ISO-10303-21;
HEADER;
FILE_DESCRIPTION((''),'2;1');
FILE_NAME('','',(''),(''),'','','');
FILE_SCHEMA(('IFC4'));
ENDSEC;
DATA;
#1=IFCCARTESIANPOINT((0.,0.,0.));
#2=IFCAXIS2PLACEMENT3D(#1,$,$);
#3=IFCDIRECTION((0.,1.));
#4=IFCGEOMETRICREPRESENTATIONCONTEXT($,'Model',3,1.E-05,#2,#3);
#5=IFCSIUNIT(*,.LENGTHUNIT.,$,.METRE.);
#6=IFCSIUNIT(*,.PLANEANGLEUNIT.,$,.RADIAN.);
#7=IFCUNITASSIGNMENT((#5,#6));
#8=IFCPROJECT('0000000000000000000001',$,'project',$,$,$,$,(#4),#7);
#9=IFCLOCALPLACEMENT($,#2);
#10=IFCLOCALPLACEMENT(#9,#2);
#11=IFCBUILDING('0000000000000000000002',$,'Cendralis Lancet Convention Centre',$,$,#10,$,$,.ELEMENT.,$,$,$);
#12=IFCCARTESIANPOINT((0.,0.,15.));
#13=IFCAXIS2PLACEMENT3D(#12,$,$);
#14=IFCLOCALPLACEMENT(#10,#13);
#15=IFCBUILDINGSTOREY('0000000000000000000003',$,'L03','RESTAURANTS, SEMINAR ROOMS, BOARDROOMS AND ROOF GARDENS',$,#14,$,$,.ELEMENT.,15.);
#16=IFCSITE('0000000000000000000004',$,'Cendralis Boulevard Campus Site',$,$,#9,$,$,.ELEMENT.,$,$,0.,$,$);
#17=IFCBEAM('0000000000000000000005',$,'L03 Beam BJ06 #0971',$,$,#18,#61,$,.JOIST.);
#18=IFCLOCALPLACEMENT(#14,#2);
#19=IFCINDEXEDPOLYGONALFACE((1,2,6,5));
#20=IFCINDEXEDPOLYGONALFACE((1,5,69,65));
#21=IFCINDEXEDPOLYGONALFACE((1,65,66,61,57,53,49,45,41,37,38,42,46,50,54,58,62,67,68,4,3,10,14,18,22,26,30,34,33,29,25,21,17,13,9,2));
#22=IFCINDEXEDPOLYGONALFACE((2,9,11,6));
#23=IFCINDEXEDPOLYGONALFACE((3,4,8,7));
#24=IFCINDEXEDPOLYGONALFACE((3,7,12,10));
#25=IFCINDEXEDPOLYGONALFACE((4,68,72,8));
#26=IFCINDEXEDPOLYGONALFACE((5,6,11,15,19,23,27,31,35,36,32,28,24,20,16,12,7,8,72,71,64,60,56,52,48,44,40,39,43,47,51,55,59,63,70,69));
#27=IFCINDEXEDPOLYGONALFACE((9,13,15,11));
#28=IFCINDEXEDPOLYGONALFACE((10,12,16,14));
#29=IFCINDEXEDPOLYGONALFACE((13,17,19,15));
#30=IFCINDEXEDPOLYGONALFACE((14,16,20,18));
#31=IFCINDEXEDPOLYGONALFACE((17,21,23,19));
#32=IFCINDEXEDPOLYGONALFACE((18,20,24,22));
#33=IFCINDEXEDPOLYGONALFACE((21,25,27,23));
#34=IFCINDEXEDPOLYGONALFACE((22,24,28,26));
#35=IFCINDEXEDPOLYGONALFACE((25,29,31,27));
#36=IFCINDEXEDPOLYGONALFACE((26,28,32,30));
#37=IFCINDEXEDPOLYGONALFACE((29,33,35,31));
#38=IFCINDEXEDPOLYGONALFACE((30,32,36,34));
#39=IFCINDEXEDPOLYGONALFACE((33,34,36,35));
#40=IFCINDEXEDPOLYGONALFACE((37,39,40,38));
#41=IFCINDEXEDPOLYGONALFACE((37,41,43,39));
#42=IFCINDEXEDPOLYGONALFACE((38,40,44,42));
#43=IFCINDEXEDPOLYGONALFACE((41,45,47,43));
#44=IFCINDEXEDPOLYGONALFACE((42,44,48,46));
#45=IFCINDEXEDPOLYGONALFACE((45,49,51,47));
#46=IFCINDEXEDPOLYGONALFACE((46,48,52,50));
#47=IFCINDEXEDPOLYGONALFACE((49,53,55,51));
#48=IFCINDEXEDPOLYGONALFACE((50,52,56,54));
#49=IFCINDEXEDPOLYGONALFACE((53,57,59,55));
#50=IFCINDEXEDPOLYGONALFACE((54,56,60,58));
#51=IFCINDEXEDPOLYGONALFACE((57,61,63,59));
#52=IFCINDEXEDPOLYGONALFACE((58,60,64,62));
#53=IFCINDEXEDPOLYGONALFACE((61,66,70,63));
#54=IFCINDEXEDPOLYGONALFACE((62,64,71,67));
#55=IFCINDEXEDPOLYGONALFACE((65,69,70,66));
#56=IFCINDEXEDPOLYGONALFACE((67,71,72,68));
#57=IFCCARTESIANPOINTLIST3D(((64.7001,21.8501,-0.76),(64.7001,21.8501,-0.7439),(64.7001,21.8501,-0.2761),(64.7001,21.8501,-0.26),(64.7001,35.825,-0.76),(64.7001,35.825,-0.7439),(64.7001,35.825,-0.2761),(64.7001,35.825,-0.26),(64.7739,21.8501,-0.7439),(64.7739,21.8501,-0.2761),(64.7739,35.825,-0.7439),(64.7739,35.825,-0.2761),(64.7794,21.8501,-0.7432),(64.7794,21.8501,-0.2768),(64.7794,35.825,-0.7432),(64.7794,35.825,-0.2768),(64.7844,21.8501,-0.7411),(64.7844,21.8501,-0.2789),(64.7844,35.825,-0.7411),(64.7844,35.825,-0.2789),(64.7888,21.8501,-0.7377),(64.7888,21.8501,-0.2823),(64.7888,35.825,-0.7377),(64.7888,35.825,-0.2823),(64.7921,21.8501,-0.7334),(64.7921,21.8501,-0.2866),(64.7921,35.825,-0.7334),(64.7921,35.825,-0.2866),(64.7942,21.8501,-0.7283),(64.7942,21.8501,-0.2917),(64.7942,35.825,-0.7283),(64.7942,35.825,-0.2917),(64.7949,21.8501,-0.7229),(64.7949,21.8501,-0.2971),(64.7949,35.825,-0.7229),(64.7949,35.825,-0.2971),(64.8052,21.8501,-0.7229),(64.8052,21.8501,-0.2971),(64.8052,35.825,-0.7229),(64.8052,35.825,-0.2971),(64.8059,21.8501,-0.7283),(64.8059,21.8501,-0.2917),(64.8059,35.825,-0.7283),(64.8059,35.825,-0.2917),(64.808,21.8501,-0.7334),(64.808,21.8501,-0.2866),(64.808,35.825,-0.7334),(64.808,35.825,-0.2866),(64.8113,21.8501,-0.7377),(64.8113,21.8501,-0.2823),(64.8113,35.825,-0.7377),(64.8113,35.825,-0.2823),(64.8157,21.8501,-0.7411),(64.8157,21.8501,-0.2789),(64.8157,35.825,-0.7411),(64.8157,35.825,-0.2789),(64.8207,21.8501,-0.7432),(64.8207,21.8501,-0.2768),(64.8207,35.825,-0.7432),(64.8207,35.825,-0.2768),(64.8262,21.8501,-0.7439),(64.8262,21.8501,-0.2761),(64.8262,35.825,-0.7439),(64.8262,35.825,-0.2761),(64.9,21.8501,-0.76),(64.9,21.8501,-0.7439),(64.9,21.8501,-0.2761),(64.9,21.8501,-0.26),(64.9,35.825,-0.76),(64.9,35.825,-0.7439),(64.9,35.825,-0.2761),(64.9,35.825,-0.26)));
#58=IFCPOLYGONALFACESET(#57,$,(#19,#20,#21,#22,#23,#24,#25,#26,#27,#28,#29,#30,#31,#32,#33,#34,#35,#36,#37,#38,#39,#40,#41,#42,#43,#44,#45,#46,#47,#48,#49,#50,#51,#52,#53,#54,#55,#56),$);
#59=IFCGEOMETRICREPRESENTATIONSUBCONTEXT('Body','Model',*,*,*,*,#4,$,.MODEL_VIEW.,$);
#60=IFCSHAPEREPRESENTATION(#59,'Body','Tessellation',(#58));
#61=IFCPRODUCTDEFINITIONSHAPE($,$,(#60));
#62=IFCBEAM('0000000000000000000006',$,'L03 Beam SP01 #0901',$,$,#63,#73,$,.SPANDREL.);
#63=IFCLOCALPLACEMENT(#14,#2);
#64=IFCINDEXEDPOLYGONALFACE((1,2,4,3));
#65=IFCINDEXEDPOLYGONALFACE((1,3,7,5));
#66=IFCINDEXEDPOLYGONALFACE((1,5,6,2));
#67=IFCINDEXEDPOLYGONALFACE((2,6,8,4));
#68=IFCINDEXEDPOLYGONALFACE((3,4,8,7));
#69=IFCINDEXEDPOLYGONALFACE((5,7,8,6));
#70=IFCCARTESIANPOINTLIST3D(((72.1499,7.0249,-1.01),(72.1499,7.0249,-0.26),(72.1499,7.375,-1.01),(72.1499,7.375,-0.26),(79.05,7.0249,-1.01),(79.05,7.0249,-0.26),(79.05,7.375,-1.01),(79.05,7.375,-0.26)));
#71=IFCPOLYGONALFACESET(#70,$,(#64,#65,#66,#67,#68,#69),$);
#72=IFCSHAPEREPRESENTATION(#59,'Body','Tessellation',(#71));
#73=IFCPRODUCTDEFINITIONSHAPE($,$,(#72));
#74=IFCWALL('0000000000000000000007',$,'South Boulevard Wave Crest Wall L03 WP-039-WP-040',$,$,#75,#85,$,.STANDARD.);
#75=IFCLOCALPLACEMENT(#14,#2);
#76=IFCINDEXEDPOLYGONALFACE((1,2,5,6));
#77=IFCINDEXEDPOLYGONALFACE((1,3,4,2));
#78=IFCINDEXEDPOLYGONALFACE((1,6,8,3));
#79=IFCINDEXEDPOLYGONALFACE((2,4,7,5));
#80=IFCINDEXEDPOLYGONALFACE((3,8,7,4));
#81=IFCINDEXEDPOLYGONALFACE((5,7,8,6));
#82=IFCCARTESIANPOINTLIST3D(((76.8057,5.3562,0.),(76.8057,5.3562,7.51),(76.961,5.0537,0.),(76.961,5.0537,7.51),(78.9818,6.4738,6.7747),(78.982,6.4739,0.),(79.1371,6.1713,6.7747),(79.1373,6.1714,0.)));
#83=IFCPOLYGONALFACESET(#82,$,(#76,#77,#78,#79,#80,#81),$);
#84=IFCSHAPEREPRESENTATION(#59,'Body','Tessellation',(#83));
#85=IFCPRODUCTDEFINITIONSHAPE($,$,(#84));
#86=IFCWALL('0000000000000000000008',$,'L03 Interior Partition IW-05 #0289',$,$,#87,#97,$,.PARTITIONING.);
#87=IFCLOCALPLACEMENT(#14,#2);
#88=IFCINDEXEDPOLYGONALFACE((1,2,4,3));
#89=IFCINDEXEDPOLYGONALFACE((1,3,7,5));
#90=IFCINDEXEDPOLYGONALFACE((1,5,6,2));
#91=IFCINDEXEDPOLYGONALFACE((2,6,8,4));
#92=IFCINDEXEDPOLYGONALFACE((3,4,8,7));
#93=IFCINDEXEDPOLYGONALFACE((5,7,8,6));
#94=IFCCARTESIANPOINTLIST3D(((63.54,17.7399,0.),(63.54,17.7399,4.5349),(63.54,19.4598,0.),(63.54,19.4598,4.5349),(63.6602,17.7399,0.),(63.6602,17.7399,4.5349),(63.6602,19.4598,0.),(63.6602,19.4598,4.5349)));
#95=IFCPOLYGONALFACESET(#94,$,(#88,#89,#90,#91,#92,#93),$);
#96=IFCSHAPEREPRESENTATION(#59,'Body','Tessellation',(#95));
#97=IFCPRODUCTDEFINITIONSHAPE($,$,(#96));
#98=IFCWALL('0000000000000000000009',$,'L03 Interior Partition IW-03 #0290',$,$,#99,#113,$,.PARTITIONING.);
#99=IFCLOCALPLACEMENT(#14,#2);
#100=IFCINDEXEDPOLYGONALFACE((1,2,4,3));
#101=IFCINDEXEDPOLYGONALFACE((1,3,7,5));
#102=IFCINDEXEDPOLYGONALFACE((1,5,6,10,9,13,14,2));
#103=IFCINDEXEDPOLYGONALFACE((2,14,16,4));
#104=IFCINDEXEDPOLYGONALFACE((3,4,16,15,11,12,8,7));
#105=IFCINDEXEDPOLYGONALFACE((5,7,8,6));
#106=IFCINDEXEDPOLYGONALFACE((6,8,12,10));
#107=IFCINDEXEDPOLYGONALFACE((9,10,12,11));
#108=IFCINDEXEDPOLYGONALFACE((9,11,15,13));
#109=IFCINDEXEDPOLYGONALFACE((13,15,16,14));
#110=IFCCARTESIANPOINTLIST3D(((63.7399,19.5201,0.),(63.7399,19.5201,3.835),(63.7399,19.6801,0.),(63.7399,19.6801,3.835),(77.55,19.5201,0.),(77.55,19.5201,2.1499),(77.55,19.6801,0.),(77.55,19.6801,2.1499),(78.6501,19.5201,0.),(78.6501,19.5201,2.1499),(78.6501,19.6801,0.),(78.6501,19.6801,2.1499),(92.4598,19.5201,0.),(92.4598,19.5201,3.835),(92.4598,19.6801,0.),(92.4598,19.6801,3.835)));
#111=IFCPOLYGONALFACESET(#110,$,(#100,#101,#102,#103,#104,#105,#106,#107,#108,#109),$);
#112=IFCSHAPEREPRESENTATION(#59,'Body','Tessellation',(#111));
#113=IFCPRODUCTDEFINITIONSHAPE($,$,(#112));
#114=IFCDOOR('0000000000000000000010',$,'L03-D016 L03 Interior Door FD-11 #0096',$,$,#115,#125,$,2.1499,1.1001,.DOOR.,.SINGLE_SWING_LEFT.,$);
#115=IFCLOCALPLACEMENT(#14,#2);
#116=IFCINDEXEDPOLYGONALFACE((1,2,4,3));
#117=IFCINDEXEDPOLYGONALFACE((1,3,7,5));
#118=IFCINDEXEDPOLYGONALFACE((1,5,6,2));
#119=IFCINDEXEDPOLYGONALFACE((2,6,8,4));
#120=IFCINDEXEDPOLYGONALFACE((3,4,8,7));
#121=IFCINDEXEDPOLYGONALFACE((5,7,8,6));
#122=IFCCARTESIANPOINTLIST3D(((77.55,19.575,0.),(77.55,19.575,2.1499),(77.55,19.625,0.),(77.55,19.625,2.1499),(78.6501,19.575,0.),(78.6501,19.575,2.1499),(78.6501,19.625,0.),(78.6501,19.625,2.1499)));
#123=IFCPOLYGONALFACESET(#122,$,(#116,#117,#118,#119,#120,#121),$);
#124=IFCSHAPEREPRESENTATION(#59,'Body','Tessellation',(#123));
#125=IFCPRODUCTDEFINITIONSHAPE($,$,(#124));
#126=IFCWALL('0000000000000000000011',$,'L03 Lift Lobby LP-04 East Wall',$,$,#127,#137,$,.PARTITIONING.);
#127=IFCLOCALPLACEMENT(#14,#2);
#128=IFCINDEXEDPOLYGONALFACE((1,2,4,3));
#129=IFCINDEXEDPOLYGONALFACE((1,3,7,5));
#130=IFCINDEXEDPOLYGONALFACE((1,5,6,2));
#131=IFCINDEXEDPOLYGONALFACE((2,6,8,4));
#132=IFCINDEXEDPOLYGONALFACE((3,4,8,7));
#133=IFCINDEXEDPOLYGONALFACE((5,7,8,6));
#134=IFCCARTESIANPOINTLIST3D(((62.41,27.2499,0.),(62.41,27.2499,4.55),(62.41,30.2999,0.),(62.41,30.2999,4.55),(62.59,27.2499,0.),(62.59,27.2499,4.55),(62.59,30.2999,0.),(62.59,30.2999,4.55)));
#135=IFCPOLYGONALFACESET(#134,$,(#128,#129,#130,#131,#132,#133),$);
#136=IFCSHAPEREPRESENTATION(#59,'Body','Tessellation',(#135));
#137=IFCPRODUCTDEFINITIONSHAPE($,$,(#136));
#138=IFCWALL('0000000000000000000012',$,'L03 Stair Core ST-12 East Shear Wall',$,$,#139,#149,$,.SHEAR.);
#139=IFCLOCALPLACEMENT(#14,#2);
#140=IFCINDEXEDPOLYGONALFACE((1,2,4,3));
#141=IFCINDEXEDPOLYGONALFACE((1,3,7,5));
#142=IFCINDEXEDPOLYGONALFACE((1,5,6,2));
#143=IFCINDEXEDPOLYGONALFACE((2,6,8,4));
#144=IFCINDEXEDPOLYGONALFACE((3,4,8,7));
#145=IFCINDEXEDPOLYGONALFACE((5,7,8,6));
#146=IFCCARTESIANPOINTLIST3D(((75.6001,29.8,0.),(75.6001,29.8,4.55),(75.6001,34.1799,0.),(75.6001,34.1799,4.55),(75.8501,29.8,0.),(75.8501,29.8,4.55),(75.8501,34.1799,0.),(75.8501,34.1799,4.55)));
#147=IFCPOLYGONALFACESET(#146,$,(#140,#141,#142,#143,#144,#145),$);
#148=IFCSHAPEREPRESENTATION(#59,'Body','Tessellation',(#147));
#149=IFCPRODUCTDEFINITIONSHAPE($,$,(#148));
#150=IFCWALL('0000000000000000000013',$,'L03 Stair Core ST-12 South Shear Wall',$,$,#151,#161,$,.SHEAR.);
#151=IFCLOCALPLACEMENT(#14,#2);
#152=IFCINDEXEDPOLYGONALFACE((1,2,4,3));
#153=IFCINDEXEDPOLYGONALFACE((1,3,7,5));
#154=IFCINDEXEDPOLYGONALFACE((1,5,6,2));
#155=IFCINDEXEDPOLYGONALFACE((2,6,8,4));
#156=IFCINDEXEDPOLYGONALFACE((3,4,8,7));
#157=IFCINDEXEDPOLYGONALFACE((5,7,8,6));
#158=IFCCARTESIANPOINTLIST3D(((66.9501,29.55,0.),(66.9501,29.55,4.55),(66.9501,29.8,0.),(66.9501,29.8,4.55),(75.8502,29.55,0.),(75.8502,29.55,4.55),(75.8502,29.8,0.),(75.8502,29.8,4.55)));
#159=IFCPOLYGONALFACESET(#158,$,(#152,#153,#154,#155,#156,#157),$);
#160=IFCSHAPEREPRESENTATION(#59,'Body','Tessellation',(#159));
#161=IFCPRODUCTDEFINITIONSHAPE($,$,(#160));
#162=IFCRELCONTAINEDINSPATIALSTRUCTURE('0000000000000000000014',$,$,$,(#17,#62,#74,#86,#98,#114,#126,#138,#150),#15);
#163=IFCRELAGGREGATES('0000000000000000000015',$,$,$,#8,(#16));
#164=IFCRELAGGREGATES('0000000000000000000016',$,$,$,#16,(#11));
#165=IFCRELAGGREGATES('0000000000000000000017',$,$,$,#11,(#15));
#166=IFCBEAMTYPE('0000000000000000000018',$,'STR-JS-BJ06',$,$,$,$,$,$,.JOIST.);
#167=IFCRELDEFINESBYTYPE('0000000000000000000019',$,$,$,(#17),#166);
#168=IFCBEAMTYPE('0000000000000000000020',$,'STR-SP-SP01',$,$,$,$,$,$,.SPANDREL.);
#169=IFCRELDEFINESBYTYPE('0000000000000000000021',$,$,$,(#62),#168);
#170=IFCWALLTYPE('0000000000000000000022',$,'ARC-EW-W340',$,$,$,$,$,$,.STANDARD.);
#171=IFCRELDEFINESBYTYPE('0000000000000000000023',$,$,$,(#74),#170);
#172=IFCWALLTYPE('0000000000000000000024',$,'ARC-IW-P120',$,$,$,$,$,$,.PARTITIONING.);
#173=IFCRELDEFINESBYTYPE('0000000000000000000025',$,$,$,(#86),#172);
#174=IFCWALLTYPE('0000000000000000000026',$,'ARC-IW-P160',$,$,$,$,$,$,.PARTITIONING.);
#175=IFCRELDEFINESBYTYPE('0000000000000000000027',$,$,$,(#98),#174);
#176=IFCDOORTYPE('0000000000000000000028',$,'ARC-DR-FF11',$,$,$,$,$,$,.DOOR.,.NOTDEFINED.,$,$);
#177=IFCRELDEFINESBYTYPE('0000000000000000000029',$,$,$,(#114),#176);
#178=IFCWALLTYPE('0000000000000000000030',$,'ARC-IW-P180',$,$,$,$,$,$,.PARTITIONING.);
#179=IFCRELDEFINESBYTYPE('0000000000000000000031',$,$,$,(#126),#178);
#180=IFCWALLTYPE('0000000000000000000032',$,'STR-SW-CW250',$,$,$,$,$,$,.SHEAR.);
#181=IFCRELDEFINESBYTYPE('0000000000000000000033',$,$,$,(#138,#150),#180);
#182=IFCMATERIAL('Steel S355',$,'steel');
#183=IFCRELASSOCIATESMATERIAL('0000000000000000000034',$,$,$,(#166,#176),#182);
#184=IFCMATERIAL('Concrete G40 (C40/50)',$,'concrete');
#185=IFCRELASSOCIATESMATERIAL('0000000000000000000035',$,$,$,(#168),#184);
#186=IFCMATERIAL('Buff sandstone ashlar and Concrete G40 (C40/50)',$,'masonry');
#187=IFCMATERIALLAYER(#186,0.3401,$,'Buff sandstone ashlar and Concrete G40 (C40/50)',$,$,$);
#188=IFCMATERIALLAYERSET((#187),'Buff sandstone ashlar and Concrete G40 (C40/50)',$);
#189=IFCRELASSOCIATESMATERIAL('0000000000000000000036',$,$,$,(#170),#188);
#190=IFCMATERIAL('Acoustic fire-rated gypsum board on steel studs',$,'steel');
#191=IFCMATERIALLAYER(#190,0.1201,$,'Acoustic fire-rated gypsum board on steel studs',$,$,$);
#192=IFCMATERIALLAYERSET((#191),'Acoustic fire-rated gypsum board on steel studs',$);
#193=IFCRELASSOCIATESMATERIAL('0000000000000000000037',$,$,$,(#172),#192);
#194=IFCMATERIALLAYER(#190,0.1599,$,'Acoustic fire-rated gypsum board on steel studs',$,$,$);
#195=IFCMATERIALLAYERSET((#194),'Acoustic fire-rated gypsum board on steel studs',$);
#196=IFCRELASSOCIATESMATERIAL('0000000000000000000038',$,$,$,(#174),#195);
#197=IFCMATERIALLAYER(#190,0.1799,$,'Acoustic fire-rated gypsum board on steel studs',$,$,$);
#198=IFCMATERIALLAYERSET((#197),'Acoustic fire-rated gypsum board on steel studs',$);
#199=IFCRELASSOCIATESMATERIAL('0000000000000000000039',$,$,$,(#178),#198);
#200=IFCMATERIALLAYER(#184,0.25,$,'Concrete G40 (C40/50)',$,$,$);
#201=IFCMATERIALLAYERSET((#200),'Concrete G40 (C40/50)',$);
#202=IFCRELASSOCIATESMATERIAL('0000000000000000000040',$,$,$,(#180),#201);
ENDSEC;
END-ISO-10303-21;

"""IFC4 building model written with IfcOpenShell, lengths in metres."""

from ifc_helpers import new_model, si_unit, direction, frame, frame_2d, origin, origin_2d, place, context, subcontext, project, spatial, polyline, rectangle, i_section, outline, extrude, material, layer, layer_set, material_profile, profile_set, type_object, element, fill, save


model = new_model("IFC4")

# Units and contexts
model_context = context("Model", 3, precision=1e-05, world=origin(), true_north=direction((0.0, 1.0)))
body_context = subcontext(model_context, "Body", "Model", "MODEL_VIEW")
ifc_project = project(units=[si_unit("LENGTHUNIT", "METRE"), si_unit("PLANEANGLEUNIT", "RADIAN")], contexts=[model_context])

# Site, building, storey
site_placement = place(None, origin())
site = spatial("IfcSite", under=ifc_project, at=site_placement, Name="Cendralis Boulevard Campus Site", CompositionType="ELEMENT", RefElevation=0.0)
building_placement = place(site_placement, origin())
building = spatial("IfcBuilding", under=site, at=building_placement, Name="Cendralis Lancet Convention Centre", CompositionType="ELEMENT")
storey_placement = place(building_placement, frame((0.0, 0.0, 15.0)))
storey = spatial("IfcBuildingStorey", under=building, at=storey_placement, Name="L03", Description="RESTAURANTS, SEMINAR ROOMS, BOARDROOMS AND ROOF GARDENS", CompositionType="ELEMENT", Elevation=15.0)

# Shared definitions
ifc_material_1 = material(Name="Concrete G40 (C40/50)", Category="concrete")

# Beams
ifc_material_2 = material(Name="Steel S355", Category="steel")
ifc_material_profile_1 = material_profile(ifc_material_2, i_section(OverallWidth=0.2, OverallDepth=0.5, WebThickness=0.0103, FlangeThickness=0.0161, FilletRadius=0.021, at=origin_2d()), Name="IPE 500")
ifc_profile_set_1 = profile_set([ifc_material_profile_1], Name="Steel S355")
beam_type_1 = type_object("IfcBeamType", Name="STR-JS-BJ06", PredefinedType="JOIST", material=ifc_profile_set_1)
beam_1_placement = place(storey_placement, frame((64.8, 21.8501, -0.51), z_axis=(0.0, 1.0, 0.0), x_axis=(-1.0, 0.0, 0.0)))
element("IfcBeam", 1, at=beam_1_placement, inside=storey, type_object=beam_type_1, Name="L03 Beam BJ06 #0971", PredefinedType="JOIST", context=body_context, shape_type="SweptSolid", body=[
    extrude(i_section(OverallWidth=0.2, OverallDepth=0.5, WebThickness=0.0103, FlangeThickness=0.0161, FilletRadius=0.021, at=origin_2d()), origin(), (0.0, 0.0, 1.0), 13.9749),
])
ifc_material_profile_2 = material_profile(ifc_material_1, rectangle(XDim=0.3501, YDim=0.75, at=origin_2d()), Name="RCB 350x750")
ifc_profile_set_2 = profile_set([ifc_material_profile_2], Name="Concrete G40 (C40/50)")
beam_type_2 = type_object("IfcBeamType", Name="STR-SP-SP01", PredefinedType="SPANDREL", material=ifc_profile_set_2)
beam_2_placement = place(storey_placement, frame((72.1499, 7.2, -0.635), z_axis=(1.0, 0.0, 0.0), x_axis=(0.0, 1.0, 0.0)))
element("IfcBeam", 2, at=beam_2_placement, inside=storey, type_object=beam_type_2, Name="L03 Beam SP01 #0901", PredefinedType="SPANDREL", context=body_context, shape_type="SweptSolid", body=[
    extrude(rectangle(XDim=0.3501, YDim=0.75, at=origin_2d()), origin(), (0.0, 0.0, 1.0), 6.9001),
])

# Walls
ifc_material_3 = material(Name="Buff sandstone ashlar and Concrete G40 (C40/50)", Category="masonry")
ifc_layer_1 = layer(ifc_material_3, 0.3401, Name="Buff sandstone ashlar and Concrete G40 (C40/50)")
ifc_layer_set_1 = layer_set([ifc_layer_1], Name="Buff sandstone ashlar and Concrete G40 (C40/50)")
wall_type_1 = type_object("IfcWallType", Name="ARC-EW-W340", PredefinedType="STANDARD", material=ifc_layer_set_1)
wall_1_placement = place(storey_placement, frame((76.8833, 5.2051, 0.0), z_axis=(0.0, 0.0, 1.0), x_axis=(0.889545, 0.456847, 0.0)))
element("IfcWall", 3, at=wall_1_placement, inside=storey, type_object=wall_type_1, Name="South Boulevard Wave Crest Wall L03 WP-039-WP-040", PredefinedType="STANDARD", context=body_context, shape_type="SweptSolid", body=[
    extrude(outline(polyline([(0.0, 0.0), (2.4465, 0.0), (2.4463, 6.7747), (0.0, 7.51), (0.0, 0.0)])), frame((0.0, 0.1699, 0.0), z_axis=(0.0, -1.0, 0.0), x_axis=(1.0, 0.0, 0.0)), (0.0, 0.0, 1.0), 0.3401),
])
ifc_material_4 = material(Name="Acoustic fire-rated gypsum board on steel studs", Category="steel")
ifc_layer_2 = layer(ifc_material_4, 0.1201, Name="Acoustic fire-rated gypsum board on steel studs")
ifc_layer_set_2 = layer_set([ifc_layer_2], Name="Acoustic fire-rated gypsum board on steel studs")
wall_type_2 = type_object("IfcWallType", Name="ARC-IW-P120", PredefinedType="PARTITIONING", material=ifc_layer_set_2)
wall_2_placement = place(storey_placement, frame((63.6001, 17.74, 0.0), z_axis=(0.0, 0.0, 1.0), x_axis=(0.0, 1.0, 0.0)))
element("IfcWall", 4, at=wall_2_placement, inside=storey, type_object=wall_type_2, Name="L03 Interior Partition IW-05 #0289", PredefinedType="PARTITIONING", context=body_context, shape_type="SweptSolid", body=[
    extrude(rectangle(XDim=1.72, YDim=0.1201, at=frame_2d((0.8599, 0.0))), origin(), (0.0, 0.0, 1.0), 4.5349),
])

# Wall, opening, door
ifc_layer_3 = layer(ifc_material_4, 0.1599, Name="Acoustic fire-rated gypsum board on steel studs")
ifc_layer_set_3 = layer_set([ifc_layer_3], Name="Acoustic fire-rated gypsum board on steel studs")
wall_type_3 = type_object("IfcWallType", Name="ARC-IW-P160", PredefinedType="PARTITIONING", material=ifc_layer_set_3)
wall_3_placement = place(storey_placement, frame((63.74, 19.6001, 0.0), z_axis=(0.0, 0.0, 1.0), x_axis=(1.0, 0.0, 0.0)))
wall_3 = element("IfcWall", 5, at=wall_3_placement, inside=storey, type_object=wall_type_3, Name="L03 Interior Partition IW-03 #0290", PredefinedType="PARTITIONING", context=body_context, shape_type="SweptSolid", body=[
    extrude(rectangle(XDim=28.72, YDim=0.1599, at=frame_2d((14.3599, 0.0))), origin(), (0.0, 0.0, 1.0), 3.835),
])
opening_1_placement = place(wall_3_placement, frame((13.8101, 0.0, 0.0)))
opening_1 = element("IfcOpeningElement", 6, at=opening_1_placement, cuts=wall_3, PredefinedType="OPENING", context=body_context, shape_type="SweptSolid", body=[
    extrude(rectangle(XDim=1.1001, YDim=2.1499, at=frame_2d((0.55, 1.075))), frame((0.0, 0.0898, 0.0), z_axis=(0.0, -1.0, 0.0), x_axis=(1.0, 0.0, 0.0)), (0.0, 0.0, 1.0), 0.1799),
])
door_type_1 = type_object("IfcDoorType", Name="ARC-DR-FF11", OperationType="NOTDEFINED", PredefinedType="DOOR", material=ifc_material_2)
door_1_placement = place(opening_1_placement, origin())
door_1 = element("IfcDoor", 7, at=door_1_placement, inside=storey, type_object=door_type_1, Name="L03-D016 L03 Interior Door FD-11 #0096", OperationType="SINGLE_SWING_LEFT", OverallHeight=2.1499, OverallWidth=1.1001, PredefinedType="DOOR", context=body_context, shape_type="SweptSolid", body=[
    extrude(rectangle(XDim=1.1001, YDim=2.1499, at=frame_2d((0.55, 1.075))), frame((0.0, 0.0249, 0.0), z_axis=(0.0, -1.0, 0.0), x_axis=(1.0, 0.0, 0.0)), (0.0, 0.0, 1.0), 0.05),
])
fill(opening_1, door_1)

# Wall
ifc_layer_4 = layer(ifc_material_4, 0.1799, Name="Acoustic fire-rated gypsum board on steel studs")
ifc_layer_set_4 = layer_set([ifc_layer_4], Name="Acoustic fire-rated gypsum board on steel studs")
wall_type_4 = type_object("IfcWallType", Name="ARC-IW-P180", PredefinedType="PARTITIONING", material=ifc_layer_set_4)
wall_4_placement = place(storey_placement, frame((62.5, 27.25, 0.0), z_axis=(0.0, 0.0, 1.0), x_axis=(0.0, 1.0, 0.0)))
element("IfcWall", 8, at=wall_4_placement, inside=storey, type_object=wall_type_4, Name="L03 Lift Lobby LP-04 East Wall", PredefinedType="PARTITIONING", context=body_context, shape_type="SweptSolid", body=[
    extrude(rectangle(XDim=3.05, YDim=0.1799, at=frame_2d((1.5249, 0.0))), origin(), (0.0, 0.0, 1.0), 4.55),
])

# Shared definitions
ifc_layer_5 = layer(ifc_material_1, 0.25, Name="Concrete G40 (C40/50)")
ifc_layer_set_5 = layer_set([ifc_layer_5], Name="Concrete G40 (C40/50)")
wall_type_5 = type_object("IfcWallType", Name="STR-SW-CW250", PredefinedType="SHEAR", material=ifc_layer_set_5)

# Walls
wall_5_placement = place(storey_placement, frame((75.7251, 29.8, 0.0), z_axis=(0.0, 0.0, 1.0), x_axis=(0.0, 1.0, 0.0)))
element("IfcWall", 9, at=wall_5_placement, inside=storey, type_object=wall_type_5, Name="L03 Stair Core ST-12 East Shear Wall", PredefinedType="SHEAR", context=body_context, shape_type="SweptSolid", body=[
    extrude(rectangle(XDim=4.3799, YDim=0.25, at=frame_2d((2.1899, 0.0))), origin(), (0.0, 0.0, 1.0), 4.55),
])
wall_6_placement = place(storey_placement, frame((66.95, 29.675, 0.0), z_axis=(0.0, 0.0, 1.0), x_axis=(1.0, 0.0, 0.0)))
element("IfcWall", 10, at=wall_6_placement, inside=storey, type_object=wall_type_5, Name="L03 Stair Core ST-12 South Shear Wall", PredefinedType="SHEAR", context=body_context, shape_type="SweptSolid", body=[
    extrude(rectangle(XDim=8.9001, YDim=0.25, at=frame_2d((4.4502, 0.0))), origin(), (0.0, 0.0, 1.0), 4.55),
])

save(model, "model.ifc")
